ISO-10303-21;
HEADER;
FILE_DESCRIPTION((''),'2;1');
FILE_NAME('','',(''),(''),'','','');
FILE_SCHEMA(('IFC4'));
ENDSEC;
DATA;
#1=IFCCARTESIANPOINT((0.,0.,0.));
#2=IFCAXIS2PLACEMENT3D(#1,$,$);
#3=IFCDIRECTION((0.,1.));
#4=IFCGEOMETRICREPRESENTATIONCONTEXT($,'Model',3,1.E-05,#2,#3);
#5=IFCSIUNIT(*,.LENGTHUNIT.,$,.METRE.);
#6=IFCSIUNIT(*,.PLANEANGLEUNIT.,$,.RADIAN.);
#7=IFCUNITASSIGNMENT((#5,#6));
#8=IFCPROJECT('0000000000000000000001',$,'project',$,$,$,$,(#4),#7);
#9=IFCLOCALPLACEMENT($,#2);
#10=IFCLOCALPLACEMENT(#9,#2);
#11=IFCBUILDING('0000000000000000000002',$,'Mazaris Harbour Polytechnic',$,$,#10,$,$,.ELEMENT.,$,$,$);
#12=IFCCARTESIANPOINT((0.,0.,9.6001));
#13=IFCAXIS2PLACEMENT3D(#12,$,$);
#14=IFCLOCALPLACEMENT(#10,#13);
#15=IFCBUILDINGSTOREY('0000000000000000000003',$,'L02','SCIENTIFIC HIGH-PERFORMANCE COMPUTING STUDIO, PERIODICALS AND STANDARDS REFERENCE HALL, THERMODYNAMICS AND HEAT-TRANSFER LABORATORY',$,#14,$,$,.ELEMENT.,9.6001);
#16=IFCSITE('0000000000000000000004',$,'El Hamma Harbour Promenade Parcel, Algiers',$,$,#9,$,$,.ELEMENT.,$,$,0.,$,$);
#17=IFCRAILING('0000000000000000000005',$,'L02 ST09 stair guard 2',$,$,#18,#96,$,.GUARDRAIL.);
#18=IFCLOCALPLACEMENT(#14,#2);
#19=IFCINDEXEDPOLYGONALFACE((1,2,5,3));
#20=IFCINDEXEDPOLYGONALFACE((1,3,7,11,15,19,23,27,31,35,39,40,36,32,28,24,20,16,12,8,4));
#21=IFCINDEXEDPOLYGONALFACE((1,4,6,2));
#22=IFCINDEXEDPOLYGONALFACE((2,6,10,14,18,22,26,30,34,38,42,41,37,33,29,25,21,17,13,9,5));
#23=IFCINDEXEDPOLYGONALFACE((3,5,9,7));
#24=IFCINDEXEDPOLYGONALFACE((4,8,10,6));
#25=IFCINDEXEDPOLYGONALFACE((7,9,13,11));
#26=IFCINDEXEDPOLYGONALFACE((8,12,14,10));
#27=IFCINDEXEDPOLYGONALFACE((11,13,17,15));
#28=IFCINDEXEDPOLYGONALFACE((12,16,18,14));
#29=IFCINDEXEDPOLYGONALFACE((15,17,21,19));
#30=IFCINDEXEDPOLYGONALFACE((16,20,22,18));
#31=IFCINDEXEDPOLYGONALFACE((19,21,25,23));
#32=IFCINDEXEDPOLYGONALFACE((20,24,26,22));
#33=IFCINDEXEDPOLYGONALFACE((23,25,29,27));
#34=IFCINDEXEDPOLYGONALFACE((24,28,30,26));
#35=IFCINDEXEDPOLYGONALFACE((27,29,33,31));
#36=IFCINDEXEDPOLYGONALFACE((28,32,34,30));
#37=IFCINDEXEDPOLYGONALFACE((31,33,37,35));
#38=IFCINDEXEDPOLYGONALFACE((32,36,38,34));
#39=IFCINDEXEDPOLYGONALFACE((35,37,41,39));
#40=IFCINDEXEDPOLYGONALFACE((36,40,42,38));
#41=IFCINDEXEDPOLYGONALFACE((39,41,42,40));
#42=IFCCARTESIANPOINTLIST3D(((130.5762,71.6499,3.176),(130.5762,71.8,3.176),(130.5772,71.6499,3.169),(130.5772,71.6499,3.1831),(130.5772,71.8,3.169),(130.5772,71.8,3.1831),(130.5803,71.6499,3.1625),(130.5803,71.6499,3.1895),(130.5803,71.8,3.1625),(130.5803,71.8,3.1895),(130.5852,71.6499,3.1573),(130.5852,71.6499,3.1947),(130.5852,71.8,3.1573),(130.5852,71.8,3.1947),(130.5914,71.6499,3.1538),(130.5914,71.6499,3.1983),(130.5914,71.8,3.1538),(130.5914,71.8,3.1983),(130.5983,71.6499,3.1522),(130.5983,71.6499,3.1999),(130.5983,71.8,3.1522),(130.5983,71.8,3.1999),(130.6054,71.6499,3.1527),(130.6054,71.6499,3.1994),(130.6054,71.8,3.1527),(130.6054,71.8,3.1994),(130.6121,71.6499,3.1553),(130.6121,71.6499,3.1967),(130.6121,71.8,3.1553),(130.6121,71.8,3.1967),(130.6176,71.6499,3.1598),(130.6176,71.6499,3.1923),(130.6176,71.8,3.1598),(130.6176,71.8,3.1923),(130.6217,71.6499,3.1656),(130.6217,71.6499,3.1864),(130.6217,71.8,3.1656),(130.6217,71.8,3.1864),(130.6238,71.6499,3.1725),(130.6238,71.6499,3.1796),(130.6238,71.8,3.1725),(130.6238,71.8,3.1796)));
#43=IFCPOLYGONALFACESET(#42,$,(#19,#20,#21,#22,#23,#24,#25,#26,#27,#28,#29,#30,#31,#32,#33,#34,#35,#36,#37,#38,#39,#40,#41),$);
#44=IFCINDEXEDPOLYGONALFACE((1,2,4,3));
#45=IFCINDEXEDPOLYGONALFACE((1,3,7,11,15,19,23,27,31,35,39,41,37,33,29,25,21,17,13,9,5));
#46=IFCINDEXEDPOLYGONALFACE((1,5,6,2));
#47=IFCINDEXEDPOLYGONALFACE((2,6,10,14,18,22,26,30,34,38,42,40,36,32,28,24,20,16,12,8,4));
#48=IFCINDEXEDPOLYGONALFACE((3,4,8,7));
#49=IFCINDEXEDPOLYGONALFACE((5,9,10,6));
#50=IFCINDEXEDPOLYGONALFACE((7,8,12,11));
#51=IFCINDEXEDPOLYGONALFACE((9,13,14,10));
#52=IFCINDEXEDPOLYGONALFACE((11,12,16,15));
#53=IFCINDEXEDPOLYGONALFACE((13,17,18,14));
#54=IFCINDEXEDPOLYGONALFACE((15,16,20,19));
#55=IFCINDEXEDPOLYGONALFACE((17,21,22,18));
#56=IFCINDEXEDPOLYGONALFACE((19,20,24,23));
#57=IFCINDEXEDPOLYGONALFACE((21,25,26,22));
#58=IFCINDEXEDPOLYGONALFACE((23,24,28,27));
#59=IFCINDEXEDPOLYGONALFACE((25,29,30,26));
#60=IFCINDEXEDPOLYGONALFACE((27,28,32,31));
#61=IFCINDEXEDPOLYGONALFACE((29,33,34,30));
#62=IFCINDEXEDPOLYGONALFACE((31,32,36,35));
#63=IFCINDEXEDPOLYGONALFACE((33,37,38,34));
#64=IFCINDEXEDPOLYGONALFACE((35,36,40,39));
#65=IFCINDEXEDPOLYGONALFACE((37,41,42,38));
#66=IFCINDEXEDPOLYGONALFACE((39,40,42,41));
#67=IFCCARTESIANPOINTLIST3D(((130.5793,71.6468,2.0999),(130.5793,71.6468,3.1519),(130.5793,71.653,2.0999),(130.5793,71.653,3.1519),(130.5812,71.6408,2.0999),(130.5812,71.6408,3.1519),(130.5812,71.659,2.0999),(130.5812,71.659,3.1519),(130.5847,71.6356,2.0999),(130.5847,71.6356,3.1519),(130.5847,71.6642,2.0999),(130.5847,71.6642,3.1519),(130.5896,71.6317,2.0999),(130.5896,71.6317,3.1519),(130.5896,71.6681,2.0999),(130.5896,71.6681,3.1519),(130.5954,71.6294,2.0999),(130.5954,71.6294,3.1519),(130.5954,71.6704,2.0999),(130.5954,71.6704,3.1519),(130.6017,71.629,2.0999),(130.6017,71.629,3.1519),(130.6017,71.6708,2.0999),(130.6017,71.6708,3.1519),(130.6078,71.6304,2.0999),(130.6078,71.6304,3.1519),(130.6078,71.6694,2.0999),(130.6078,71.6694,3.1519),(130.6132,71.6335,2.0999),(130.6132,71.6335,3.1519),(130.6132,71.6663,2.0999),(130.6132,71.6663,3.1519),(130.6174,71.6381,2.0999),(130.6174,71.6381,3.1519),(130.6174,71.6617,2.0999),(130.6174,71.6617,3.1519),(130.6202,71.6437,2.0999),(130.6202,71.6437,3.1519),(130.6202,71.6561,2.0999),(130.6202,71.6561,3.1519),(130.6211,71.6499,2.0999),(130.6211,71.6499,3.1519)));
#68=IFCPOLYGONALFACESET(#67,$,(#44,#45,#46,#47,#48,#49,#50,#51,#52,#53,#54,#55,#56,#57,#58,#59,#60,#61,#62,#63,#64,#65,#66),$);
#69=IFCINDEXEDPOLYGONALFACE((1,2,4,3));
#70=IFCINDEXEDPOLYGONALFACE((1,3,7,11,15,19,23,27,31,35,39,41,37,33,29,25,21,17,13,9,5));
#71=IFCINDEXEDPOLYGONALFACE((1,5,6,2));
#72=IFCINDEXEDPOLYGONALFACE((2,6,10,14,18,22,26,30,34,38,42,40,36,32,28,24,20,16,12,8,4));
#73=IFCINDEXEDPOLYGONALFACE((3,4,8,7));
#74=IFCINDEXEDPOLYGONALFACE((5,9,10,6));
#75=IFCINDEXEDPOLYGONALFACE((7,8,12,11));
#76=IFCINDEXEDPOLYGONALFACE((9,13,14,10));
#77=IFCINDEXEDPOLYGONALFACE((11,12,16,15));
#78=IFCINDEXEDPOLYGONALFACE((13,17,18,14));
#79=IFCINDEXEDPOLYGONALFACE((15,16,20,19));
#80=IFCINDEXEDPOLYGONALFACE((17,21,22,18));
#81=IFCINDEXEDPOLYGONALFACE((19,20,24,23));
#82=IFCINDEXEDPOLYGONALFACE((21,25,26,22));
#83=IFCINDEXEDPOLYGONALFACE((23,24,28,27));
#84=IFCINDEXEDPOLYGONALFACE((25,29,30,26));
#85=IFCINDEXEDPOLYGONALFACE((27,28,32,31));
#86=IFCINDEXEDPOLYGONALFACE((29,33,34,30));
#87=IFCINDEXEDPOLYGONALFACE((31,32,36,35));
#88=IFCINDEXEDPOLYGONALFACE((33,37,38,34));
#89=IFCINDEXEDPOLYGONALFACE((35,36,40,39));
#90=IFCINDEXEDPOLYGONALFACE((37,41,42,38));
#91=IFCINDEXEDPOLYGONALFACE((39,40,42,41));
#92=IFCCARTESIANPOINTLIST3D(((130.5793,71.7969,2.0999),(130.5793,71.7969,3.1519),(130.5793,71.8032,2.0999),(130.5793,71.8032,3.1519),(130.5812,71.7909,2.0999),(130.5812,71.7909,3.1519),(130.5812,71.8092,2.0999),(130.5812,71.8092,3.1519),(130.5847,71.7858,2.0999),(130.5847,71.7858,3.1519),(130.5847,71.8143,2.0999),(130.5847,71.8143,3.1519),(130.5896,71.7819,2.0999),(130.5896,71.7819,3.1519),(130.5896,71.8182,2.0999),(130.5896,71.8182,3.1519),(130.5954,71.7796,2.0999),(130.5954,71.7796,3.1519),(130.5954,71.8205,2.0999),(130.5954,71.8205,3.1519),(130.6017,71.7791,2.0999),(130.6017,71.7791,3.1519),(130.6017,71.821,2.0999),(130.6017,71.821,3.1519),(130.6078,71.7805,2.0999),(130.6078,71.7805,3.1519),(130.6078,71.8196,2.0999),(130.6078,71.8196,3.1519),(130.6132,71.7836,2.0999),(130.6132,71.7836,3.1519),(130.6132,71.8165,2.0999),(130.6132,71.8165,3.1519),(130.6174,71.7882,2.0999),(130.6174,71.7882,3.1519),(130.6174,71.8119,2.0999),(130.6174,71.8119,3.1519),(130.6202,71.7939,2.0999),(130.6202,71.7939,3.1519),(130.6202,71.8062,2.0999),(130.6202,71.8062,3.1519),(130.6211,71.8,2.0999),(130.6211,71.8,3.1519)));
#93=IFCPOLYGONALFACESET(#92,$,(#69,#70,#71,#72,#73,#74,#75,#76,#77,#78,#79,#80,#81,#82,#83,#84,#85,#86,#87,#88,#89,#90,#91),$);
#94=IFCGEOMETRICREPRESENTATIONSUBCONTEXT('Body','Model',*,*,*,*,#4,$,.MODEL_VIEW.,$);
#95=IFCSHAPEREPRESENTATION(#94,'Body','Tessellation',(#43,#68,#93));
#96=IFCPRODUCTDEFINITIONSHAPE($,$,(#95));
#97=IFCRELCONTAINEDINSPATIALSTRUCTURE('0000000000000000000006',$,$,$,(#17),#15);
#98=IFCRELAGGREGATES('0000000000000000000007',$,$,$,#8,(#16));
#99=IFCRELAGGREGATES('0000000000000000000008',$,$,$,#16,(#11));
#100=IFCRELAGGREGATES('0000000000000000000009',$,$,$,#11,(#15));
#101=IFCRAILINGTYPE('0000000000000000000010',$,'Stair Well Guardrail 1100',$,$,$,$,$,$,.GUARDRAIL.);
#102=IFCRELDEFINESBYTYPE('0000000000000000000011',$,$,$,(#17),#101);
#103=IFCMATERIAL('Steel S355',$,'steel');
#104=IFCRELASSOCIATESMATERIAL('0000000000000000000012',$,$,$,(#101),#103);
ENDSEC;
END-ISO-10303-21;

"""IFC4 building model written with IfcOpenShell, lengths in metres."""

from ifc_helpers import new_model, si_unit, direction, frame, origin, origin_2d, place, context, subcontext, project, spatial, circle, extrude, material, type_object, element, save


model = new_model("IFC4")

# Units and contexts
model_context = context("Model", 3, precision=1e-05, world=origin(), true_north=direction((0.0, 1.0)))
body_context = subcontext(model_context, "Body", "Model", "MODEL_VIEW")
ifc_project = project(units=[si_unit("LENGTHUNIT", "METRE"), si_unit("PLANEANGLEUNIT", "RADIAN")], contexts=[model_context])

# Site, building, storey
site_placement = place(None, origin())
site = spatial("IfcSite", under=ifc_project, at=site_placement, Name="El Hamma Harbour Promenade Parcel, Algiers", CompositionType="ELEMENT", RefElevation=0.0)
building_placement = place(site_placement, origin())
building = spatial("IfcBuilding", under=site, at=building_placement, Name="Mazaris Harbour Polytechnic", CompositionType="ELEMENT")
storey_placement = place(building_placement, frame((0.0, 0.0, 9.6001)))
storey = spatial("IfcBuildingStorey", under=building, at=storey_placement, Name="L02", Description="SCIENTIFIC HIGH-PERFORMANCE COMPUTING STUDIO, PERIODICALS AND STANDARDS REFERENCE HALL, THERMODYNAMICS AND HEAT-TRANSFER LABORATORY", CompositionType="ELEMENT", Elevation=9.6001)

# Railing
ifc_material_1 = material(Name="Steel S355", Category="steel")
railing_type_1 = type_object("IfcRailingType", Name="Stair Well Guardrail 1100", PredefinedType="GUARDRAIL", material=ifc_material_1)
railing_1_placement = place(storey_placement, frame((130.6001, 71.6499, 2.0999)))
element("IfcRailing", 1, at=railing_1_placement, inside=storey, type_object=railing_type_1, Name="L02 ST09 stair guard 2", PredefinedType="GUARDRAIL", context=body_context, shape_type="SweptSolid", body=[
    extrude(circle(Radius=0.0239, at=origin_2d()), frame((0.0, 0.0, 1.0762), z_axis=(0.0, 1.0, 0.0), x_axis=(-1.0, 0.0, 0.0)), (0.0, 0.0, 1.0), 0.1501),
    extrude(circle(Radius=0.021, at=origin_2d()), origin(), (0.0, 0.0, 1.0), 1.052),
    extrude(circle(Radius=0.021, at=origin_2d()), frame((0.0, 0.1501, 0.0)), (0.0, 0.0, 1.0), 1.052),
])

save(model, "model.ifc")
